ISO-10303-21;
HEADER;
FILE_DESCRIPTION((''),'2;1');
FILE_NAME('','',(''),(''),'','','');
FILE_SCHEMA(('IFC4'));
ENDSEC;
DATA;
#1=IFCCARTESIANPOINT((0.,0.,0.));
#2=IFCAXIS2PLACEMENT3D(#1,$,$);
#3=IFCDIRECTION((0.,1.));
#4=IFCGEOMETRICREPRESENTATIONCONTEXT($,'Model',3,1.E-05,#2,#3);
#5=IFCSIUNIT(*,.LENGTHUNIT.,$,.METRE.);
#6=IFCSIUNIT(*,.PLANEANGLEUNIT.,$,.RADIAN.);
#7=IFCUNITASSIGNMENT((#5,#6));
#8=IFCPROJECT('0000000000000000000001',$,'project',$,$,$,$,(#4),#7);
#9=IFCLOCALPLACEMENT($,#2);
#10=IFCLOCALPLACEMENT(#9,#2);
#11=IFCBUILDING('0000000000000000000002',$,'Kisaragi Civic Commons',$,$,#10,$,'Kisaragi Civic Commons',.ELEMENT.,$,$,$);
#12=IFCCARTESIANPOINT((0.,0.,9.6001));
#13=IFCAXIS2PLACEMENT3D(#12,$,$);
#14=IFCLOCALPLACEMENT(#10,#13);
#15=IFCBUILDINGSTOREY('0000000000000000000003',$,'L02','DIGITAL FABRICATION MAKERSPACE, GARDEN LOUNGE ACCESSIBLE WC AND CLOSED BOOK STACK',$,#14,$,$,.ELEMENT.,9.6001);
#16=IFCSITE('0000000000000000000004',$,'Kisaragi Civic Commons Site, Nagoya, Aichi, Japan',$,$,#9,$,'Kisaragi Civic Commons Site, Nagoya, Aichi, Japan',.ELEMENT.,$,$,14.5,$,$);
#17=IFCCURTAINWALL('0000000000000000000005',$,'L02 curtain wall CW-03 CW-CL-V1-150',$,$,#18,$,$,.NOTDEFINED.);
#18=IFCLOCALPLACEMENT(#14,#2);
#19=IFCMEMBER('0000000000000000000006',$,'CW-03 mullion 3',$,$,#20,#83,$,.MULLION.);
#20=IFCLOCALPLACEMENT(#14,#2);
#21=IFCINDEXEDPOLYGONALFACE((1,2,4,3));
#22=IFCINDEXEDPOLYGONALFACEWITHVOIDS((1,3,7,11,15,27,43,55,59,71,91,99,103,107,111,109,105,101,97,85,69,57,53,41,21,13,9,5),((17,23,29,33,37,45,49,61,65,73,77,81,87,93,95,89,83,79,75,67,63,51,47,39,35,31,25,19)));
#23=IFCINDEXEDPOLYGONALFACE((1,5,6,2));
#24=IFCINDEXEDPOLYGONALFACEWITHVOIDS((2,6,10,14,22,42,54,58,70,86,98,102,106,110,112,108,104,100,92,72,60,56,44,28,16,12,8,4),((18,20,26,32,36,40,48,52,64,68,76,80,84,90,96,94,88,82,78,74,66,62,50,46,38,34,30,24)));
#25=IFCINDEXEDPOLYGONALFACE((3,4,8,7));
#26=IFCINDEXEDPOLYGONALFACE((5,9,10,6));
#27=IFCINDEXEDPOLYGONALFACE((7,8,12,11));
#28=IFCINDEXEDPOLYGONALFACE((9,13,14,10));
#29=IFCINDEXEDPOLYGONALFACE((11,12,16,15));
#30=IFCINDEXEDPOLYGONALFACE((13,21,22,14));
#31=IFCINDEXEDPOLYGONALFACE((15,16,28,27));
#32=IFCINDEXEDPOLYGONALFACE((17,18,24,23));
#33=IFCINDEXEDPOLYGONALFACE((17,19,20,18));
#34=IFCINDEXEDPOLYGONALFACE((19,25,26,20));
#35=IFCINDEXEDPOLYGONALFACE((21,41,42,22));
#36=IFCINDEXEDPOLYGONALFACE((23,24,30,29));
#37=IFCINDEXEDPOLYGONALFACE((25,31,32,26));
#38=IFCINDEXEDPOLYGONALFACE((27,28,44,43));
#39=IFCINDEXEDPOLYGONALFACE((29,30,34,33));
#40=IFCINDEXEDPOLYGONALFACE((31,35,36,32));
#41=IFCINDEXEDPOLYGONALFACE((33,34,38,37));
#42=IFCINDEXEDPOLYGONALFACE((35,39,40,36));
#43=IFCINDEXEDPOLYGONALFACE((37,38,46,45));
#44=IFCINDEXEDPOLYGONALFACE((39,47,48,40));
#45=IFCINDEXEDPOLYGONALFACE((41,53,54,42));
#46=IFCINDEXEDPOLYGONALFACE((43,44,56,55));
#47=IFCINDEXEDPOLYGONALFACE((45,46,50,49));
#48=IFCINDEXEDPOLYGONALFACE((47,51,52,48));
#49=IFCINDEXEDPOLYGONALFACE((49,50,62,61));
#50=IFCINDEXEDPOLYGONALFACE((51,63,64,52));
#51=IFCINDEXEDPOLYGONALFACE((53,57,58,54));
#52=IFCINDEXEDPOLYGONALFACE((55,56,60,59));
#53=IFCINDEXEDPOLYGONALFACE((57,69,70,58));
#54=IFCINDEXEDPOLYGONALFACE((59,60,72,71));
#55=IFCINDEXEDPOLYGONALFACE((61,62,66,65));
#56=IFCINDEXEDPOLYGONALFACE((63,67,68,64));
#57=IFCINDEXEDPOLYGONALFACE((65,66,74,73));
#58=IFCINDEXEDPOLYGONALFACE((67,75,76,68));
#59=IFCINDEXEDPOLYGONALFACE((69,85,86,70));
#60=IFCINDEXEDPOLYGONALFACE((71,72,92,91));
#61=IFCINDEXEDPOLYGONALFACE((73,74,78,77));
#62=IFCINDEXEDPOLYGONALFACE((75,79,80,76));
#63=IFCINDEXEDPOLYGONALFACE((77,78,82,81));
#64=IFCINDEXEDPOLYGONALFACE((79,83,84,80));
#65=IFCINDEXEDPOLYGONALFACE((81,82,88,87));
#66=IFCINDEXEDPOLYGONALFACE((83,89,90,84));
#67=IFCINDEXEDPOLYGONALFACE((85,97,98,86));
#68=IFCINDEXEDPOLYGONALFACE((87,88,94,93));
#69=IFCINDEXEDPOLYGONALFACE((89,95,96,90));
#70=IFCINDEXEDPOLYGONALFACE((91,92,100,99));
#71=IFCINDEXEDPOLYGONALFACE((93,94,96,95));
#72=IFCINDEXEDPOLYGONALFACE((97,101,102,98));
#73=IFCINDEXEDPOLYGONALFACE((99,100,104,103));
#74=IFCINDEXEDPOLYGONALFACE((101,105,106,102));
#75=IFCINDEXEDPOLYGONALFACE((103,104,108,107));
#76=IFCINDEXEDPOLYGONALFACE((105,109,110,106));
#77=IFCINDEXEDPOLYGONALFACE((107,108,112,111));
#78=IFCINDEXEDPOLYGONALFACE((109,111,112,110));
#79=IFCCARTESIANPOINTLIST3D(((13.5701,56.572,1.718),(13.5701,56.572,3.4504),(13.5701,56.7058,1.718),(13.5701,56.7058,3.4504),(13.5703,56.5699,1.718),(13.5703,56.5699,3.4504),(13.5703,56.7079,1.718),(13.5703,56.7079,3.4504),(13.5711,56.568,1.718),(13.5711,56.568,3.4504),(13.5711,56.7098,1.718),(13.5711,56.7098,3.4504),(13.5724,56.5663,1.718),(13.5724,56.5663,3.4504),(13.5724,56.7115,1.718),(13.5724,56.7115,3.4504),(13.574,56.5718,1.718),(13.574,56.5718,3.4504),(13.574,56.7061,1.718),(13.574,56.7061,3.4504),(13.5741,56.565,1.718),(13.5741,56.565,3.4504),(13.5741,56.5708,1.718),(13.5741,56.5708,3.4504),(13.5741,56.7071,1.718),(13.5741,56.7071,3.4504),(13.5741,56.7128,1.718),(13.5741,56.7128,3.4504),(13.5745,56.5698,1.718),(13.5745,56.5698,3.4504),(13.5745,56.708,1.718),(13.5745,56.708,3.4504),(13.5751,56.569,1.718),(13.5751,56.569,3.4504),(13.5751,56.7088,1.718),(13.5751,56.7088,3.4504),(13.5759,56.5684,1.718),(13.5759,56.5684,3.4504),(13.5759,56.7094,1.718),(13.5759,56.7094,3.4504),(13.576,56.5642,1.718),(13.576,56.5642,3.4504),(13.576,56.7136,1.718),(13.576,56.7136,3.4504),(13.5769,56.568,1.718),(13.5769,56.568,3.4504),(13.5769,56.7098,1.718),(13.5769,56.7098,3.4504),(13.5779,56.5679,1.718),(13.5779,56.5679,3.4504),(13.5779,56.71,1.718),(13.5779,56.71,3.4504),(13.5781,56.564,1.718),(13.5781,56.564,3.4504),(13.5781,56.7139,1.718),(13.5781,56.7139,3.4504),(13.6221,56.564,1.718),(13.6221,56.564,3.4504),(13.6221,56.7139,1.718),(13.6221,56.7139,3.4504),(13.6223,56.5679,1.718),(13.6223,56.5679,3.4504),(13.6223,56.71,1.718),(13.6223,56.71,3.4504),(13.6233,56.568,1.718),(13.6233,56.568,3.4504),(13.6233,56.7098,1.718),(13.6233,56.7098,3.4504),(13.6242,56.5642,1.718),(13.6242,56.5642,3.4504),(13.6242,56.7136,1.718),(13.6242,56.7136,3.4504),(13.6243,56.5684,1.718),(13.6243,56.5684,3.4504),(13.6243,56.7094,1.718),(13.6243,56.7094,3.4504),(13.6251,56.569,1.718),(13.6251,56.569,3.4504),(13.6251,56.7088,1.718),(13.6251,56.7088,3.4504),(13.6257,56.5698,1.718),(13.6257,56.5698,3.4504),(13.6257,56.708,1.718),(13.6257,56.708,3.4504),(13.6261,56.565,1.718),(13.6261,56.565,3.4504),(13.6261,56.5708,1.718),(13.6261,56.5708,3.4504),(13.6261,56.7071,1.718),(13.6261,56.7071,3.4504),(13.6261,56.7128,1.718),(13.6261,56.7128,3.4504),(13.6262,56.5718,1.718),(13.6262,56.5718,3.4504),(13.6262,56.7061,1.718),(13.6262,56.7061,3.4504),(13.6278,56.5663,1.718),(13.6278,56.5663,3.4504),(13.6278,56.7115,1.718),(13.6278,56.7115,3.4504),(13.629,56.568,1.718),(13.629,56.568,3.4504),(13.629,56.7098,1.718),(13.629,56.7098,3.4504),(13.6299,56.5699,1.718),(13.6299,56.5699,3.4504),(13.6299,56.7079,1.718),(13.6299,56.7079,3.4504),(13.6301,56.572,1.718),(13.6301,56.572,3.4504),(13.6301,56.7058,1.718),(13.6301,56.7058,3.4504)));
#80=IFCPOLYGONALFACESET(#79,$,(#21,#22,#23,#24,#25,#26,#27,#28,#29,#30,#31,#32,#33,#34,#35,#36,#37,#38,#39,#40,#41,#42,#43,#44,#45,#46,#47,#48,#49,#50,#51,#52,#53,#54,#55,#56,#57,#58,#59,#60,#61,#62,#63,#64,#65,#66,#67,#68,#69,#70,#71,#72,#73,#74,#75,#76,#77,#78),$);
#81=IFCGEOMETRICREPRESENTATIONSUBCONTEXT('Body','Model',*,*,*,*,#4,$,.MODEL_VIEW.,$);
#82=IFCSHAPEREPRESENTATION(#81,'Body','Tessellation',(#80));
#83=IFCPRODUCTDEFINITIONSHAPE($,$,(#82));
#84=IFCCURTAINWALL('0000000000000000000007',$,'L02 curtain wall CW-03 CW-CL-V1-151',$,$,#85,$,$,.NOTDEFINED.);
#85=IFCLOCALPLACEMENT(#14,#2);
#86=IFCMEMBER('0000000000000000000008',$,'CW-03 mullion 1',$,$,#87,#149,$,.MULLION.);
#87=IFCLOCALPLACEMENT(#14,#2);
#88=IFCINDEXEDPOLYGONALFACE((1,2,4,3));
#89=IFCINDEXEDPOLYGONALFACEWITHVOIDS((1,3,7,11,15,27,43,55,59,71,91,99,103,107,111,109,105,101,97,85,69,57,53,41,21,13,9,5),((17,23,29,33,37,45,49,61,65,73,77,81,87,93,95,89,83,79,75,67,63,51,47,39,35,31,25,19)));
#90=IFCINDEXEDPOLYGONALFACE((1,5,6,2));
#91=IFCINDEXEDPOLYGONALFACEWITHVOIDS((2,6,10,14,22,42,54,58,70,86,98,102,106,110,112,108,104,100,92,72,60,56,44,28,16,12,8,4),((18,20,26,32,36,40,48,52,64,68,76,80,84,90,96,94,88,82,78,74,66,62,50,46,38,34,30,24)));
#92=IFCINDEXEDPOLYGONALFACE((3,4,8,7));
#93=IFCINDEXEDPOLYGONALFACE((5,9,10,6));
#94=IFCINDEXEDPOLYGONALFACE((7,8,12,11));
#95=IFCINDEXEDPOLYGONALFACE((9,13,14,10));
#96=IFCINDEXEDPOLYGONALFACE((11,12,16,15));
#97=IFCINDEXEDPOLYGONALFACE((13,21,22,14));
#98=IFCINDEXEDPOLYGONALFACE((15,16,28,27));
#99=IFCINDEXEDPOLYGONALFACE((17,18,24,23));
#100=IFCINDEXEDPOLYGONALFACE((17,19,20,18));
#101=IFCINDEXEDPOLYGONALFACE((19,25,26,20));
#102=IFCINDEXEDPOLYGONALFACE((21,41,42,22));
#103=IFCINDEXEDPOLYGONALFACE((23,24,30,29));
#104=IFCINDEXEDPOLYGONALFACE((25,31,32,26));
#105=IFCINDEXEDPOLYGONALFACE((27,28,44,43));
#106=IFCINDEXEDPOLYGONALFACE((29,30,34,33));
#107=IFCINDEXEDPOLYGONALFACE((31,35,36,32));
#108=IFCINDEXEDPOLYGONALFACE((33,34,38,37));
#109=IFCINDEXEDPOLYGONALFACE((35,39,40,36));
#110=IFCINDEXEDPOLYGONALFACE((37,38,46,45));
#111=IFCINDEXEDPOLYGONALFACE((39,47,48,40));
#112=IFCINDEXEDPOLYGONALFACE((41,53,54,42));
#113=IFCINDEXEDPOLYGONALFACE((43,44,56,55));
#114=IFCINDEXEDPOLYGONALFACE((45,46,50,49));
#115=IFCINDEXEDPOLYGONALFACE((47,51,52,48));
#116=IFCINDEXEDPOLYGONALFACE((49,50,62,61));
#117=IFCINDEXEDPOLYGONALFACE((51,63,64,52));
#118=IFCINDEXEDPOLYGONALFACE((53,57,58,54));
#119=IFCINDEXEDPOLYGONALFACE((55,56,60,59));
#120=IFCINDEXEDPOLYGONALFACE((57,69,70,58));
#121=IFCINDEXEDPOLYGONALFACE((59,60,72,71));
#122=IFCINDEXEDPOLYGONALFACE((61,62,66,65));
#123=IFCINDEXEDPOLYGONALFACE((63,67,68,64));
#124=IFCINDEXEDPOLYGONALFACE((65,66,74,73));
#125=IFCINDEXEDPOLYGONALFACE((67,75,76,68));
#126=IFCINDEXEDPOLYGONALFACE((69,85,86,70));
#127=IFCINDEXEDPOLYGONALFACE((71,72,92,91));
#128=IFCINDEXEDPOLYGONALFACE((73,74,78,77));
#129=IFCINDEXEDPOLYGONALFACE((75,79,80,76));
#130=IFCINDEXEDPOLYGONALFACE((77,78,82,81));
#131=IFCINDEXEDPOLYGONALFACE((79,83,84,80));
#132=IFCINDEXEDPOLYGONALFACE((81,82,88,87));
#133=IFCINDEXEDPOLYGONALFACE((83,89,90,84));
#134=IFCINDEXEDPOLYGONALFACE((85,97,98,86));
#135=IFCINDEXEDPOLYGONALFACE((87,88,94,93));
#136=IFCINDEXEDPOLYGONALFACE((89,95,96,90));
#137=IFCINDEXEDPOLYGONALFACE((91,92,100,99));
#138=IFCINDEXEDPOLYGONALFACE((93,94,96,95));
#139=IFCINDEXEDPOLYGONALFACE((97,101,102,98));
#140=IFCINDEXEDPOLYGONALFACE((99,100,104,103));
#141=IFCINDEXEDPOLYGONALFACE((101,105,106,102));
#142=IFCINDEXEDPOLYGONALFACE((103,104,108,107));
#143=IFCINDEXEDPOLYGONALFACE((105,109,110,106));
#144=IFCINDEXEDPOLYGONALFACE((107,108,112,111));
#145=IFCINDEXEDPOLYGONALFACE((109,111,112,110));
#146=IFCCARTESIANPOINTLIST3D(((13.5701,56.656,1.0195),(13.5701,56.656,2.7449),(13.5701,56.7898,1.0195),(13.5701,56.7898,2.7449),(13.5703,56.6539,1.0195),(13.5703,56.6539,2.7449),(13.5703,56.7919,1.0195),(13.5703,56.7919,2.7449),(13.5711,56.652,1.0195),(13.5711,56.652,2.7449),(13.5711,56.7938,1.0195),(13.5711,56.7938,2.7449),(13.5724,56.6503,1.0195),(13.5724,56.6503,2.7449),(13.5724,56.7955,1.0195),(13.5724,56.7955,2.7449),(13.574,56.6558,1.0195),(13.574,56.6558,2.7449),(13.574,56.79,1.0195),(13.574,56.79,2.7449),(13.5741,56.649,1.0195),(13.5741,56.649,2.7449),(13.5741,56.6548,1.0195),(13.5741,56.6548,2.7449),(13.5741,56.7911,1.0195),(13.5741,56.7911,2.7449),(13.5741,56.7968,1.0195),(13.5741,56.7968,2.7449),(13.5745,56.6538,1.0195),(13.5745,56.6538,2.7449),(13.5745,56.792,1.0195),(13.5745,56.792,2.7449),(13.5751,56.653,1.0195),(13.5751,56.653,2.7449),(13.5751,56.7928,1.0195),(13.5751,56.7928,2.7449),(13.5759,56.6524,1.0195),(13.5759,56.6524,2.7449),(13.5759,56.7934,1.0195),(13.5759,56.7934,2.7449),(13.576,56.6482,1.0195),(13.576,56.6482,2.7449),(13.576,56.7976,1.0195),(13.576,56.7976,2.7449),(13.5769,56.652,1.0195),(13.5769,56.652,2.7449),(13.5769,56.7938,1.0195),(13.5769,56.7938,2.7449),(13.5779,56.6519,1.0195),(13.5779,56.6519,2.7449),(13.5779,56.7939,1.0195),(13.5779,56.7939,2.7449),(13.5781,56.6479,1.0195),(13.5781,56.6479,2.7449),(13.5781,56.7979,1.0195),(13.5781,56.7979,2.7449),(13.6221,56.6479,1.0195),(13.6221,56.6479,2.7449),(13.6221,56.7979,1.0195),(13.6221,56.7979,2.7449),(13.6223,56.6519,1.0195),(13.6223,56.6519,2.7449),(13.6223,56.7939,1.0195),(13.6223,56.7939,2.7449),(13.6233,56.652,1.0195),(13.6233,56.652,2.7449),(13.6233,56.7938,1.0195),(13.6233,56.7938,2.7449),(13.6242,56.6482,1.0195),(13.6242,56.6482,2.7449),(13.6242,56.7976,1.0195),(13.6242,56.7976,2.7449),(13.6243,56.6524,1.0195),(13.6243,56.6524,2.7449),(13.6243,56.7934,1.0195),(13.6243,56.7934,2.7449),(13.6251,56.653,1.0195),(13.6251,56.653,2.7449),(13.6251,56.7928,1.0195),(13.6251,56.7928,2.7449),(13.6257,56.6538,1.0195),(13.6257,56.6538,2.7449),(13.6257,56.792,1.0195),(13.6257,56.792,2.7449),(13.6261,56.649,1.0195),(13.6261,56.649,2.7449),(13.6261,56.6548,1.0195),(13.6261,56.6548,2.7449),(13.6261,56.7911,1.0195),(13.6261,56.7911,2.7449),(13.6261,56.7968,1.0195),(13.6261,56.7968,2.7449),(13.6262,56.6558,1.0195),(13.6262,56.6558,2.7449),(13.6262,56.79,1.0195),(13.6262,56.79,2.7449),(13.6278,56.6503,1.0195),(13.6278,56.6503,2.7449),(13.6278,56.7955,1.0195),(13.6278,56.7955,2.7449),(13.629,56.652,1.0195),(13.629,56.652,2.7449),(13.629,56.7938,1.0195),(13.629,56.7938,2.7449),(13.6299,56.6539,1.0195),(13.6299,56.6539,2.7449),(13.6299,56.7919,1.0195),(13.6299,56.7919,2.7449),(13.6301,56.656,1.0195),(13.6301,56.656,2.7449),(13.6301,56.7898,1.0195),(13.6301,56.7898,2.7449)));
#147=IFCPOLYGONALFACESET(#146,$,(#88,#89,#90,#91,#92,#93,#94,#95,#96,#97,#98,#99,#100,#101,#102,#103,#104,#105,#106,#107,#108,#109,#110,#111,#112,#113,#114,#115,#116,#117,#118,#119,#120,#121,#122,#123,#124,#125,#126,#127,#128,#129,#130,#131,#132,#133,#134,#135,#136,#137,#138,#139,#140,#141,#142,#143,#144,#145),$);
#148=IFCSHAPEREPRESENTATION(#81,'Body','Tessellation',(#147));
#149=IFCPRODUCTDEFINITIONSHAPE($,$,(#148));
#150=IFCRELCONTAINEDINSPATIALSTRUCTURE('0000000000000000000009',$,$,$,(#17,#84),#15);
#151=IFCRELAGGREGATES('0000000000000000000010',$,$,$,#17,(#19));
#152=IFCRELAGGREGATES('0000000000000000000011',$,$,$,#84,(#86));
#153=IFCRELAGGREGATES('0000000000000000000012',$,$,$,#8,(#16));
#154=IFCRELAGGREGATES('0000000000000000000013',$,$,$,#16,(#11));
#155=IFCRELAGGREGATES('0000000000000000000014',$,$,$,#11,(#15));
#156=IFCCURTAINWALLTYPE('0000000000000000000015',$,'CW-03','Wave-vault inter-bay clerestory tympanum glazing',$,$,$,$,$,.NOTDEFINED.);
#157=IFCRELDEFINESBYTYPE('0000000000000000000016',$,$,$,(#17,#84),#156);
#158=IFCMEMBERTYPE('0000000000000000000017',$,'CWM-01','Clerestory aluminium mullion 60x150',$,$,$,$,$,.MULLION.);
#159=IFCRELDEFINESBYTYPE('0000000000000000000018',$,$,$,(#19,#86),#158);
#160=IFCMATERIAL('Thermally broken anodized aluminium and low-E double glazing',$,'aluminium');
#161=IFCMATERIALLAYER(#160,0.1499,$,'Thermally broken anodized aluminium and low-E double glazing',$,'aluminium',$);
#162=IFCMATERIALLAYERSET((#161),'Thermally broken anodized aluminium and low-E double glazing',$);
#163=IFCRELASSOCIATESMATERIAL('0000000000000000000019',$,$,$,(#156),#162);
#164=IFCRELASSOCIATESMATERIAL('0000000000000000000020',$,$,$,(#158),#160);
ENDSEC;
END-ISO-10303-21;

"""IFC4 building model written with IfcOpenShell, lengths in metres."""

from ifc_helpers import new_model, si_unit, direction, frame, origin, origin_2d, place, context, subcontext, project, spatial, hollow_rectangle, extrude, material, layer, layer_set, material_profile, profile_set, type_object, element, aggregate, save


model = new_model("IFC4")

# Units and contexts
model_context = context("Model", 3, precision=1e-05, world=origin(), true_north=direction((0.0, 1.0)))
body_context = subcontext(model_context, "Body", "Model", "MODEL_VIEW")
ifc_project = project(units=[si_unit("LENGTHUNIT", "METRE"), si_unit("PLANEANGLEUNIT", "RADIAN")], contexts=[model_context])

# Site, building, storey
site_placement = place(None, origin())
site = spatial("IfcSite", under=ifc_project, at=site_placement, Name="Kisaragi Civic Commons Site, Nagoya, Aichi, Japan", LongName="Kisaragi Civic Commons Site, Nagoya, Aichi, Japan", CompositionType="ELEMENT", RefElevation=14.5)
building_placement = place(site_placement, origin())
building = spatial("IfcBuilding", under=site, at=building_placement, Name="Kisaragi Civic Commons", LongName="Kisaragi Civic Commons", CompositionType="ELEMENT")
storey_placement = place(building_placement, frame((0.0, 0.0, 9.6001)))
storey = spatial("IfcBuildingStorey", under=building, at=storey_placement, Name="L02", Description="DIGITAL FABRICATION MAKERSPACE, GARDEN LOUNGE ACCESSIBLE WC AND CLOSED BOOK STACK", CompositionType="ELEMENT", Elevation=9.6001)

# Curtain walls, members
ifc_material_1 = material(Name="Thermally broken anodized aluminium and low-E double glazing", Category="aluminium")
ifc_layer_1 = layer(ifc_material_1, 0.1499, Name="Thermally broken anodized aluminium and low-E double glazing", Category="aluminium")
ifc_layer_set_1 = layer_set([ifc_layer_1], Name="Thermally broken anodized aluminium and low-E double glazing")
curtain_wall_type = type_object("IfcCurtainWallType", Name="CW-03", Description="Wave-vault inter-bay clerestory tympanum glazing", PredefinedType="NOTDEFINED", material=ifc_layer_set_1)
curtain_wall_1_placement = place(storey_placement, origin())
curtain_wall_1 = element("IfcCurtainWall", 1, at=curtain_wall_1_placement, inside=storey, type_object=curtain_wall_type, Name="L02 curtain wall CW-03 CW-CL-V1-150", PredefinedType="NOTDEFINED")
ifc_material_profile_1 = material_profile(ifc_material_1, hollow_rectangle(XDim=0.0601, YDim=0.1499, WallThickness=0.0039, InnerFilletRadius=0.0039, OuterFilletRadius=0.0081, at=origin_2d()), Name="CWM-60x150x4", Category="aluminium")
ifc_profile_set_1 = profile_set([ifc_material_profile_1], Name="Thermally broken anodized aluminium and low-E double glazing")
member_type_1 = type_object("IfcMemberType", Name="CWM-01", Description="Clerestory aluminium mullion 60x150", PredefinedType="MULLION", material=ifc_profile_set_1)
member_1_placement = place(storey_placement, frame((13.6001, 56.6389, 1.718), z_axis=(0.0, 0.0, 1.0), x_axis=(-1.0, 0.0, 0.0)))
member_1 = element("IfcMember", 2, at=member_1_placement, type_object=member_type_1, Name="CW-03 mullion 3", PredefinedType="MULLION", context=body_context, shape_type="SweptSolid", body=[
    extrude(hollow_rectangle(XDim=0.0601, YDim=0.1499, WallThickness=0.0039, InnerFilletRadius=0.0039, OuterFilletRadius=0.0081, at=origin_2d()), origin(), (0.0, 0.0, 1.0), 1.7324),
])
curtain_wall_2_placement = place(storey_placement, origin())
curtain_wall_2 = element("IfcCurtainWall", 3, at=curtain_wall_2_placement, inside=storey, type_object=curtain_wall_type, Name="L02 curtain wall CW-03 CW-CL-V1-151", PredefinedType="NOTDEFINED")
member_2_placement = place(storey_placement, frame((13.6001, 56.7229, 1.0195), z_axis=(0.0, 0.0, 1.0), x_axis=(-1.0, 0.0, 0.0)))
member_2 = element("IfcMember", 4, at=member_2_placement, type_object=member_type_1, Name="CW-03 mullion 1", PredefinedType="MULLION", context=body_context, shape_type="SweptSolid", body=[
    extrude(hollow_rectangle(XDim=0.0601, YDim=0.1499, WallThickness=0.0039, InnerFilletRadius=0.0039, OuterFilletRadius=0.0081, at=origin_2d()), origin(), (0.0, 0.0, 1.0), 1.7253),
])

aggregate(curtain_wall_1, [member_1])
aggregate(curtain_wall_2, [member_2])

save(model, "model.ifc")
